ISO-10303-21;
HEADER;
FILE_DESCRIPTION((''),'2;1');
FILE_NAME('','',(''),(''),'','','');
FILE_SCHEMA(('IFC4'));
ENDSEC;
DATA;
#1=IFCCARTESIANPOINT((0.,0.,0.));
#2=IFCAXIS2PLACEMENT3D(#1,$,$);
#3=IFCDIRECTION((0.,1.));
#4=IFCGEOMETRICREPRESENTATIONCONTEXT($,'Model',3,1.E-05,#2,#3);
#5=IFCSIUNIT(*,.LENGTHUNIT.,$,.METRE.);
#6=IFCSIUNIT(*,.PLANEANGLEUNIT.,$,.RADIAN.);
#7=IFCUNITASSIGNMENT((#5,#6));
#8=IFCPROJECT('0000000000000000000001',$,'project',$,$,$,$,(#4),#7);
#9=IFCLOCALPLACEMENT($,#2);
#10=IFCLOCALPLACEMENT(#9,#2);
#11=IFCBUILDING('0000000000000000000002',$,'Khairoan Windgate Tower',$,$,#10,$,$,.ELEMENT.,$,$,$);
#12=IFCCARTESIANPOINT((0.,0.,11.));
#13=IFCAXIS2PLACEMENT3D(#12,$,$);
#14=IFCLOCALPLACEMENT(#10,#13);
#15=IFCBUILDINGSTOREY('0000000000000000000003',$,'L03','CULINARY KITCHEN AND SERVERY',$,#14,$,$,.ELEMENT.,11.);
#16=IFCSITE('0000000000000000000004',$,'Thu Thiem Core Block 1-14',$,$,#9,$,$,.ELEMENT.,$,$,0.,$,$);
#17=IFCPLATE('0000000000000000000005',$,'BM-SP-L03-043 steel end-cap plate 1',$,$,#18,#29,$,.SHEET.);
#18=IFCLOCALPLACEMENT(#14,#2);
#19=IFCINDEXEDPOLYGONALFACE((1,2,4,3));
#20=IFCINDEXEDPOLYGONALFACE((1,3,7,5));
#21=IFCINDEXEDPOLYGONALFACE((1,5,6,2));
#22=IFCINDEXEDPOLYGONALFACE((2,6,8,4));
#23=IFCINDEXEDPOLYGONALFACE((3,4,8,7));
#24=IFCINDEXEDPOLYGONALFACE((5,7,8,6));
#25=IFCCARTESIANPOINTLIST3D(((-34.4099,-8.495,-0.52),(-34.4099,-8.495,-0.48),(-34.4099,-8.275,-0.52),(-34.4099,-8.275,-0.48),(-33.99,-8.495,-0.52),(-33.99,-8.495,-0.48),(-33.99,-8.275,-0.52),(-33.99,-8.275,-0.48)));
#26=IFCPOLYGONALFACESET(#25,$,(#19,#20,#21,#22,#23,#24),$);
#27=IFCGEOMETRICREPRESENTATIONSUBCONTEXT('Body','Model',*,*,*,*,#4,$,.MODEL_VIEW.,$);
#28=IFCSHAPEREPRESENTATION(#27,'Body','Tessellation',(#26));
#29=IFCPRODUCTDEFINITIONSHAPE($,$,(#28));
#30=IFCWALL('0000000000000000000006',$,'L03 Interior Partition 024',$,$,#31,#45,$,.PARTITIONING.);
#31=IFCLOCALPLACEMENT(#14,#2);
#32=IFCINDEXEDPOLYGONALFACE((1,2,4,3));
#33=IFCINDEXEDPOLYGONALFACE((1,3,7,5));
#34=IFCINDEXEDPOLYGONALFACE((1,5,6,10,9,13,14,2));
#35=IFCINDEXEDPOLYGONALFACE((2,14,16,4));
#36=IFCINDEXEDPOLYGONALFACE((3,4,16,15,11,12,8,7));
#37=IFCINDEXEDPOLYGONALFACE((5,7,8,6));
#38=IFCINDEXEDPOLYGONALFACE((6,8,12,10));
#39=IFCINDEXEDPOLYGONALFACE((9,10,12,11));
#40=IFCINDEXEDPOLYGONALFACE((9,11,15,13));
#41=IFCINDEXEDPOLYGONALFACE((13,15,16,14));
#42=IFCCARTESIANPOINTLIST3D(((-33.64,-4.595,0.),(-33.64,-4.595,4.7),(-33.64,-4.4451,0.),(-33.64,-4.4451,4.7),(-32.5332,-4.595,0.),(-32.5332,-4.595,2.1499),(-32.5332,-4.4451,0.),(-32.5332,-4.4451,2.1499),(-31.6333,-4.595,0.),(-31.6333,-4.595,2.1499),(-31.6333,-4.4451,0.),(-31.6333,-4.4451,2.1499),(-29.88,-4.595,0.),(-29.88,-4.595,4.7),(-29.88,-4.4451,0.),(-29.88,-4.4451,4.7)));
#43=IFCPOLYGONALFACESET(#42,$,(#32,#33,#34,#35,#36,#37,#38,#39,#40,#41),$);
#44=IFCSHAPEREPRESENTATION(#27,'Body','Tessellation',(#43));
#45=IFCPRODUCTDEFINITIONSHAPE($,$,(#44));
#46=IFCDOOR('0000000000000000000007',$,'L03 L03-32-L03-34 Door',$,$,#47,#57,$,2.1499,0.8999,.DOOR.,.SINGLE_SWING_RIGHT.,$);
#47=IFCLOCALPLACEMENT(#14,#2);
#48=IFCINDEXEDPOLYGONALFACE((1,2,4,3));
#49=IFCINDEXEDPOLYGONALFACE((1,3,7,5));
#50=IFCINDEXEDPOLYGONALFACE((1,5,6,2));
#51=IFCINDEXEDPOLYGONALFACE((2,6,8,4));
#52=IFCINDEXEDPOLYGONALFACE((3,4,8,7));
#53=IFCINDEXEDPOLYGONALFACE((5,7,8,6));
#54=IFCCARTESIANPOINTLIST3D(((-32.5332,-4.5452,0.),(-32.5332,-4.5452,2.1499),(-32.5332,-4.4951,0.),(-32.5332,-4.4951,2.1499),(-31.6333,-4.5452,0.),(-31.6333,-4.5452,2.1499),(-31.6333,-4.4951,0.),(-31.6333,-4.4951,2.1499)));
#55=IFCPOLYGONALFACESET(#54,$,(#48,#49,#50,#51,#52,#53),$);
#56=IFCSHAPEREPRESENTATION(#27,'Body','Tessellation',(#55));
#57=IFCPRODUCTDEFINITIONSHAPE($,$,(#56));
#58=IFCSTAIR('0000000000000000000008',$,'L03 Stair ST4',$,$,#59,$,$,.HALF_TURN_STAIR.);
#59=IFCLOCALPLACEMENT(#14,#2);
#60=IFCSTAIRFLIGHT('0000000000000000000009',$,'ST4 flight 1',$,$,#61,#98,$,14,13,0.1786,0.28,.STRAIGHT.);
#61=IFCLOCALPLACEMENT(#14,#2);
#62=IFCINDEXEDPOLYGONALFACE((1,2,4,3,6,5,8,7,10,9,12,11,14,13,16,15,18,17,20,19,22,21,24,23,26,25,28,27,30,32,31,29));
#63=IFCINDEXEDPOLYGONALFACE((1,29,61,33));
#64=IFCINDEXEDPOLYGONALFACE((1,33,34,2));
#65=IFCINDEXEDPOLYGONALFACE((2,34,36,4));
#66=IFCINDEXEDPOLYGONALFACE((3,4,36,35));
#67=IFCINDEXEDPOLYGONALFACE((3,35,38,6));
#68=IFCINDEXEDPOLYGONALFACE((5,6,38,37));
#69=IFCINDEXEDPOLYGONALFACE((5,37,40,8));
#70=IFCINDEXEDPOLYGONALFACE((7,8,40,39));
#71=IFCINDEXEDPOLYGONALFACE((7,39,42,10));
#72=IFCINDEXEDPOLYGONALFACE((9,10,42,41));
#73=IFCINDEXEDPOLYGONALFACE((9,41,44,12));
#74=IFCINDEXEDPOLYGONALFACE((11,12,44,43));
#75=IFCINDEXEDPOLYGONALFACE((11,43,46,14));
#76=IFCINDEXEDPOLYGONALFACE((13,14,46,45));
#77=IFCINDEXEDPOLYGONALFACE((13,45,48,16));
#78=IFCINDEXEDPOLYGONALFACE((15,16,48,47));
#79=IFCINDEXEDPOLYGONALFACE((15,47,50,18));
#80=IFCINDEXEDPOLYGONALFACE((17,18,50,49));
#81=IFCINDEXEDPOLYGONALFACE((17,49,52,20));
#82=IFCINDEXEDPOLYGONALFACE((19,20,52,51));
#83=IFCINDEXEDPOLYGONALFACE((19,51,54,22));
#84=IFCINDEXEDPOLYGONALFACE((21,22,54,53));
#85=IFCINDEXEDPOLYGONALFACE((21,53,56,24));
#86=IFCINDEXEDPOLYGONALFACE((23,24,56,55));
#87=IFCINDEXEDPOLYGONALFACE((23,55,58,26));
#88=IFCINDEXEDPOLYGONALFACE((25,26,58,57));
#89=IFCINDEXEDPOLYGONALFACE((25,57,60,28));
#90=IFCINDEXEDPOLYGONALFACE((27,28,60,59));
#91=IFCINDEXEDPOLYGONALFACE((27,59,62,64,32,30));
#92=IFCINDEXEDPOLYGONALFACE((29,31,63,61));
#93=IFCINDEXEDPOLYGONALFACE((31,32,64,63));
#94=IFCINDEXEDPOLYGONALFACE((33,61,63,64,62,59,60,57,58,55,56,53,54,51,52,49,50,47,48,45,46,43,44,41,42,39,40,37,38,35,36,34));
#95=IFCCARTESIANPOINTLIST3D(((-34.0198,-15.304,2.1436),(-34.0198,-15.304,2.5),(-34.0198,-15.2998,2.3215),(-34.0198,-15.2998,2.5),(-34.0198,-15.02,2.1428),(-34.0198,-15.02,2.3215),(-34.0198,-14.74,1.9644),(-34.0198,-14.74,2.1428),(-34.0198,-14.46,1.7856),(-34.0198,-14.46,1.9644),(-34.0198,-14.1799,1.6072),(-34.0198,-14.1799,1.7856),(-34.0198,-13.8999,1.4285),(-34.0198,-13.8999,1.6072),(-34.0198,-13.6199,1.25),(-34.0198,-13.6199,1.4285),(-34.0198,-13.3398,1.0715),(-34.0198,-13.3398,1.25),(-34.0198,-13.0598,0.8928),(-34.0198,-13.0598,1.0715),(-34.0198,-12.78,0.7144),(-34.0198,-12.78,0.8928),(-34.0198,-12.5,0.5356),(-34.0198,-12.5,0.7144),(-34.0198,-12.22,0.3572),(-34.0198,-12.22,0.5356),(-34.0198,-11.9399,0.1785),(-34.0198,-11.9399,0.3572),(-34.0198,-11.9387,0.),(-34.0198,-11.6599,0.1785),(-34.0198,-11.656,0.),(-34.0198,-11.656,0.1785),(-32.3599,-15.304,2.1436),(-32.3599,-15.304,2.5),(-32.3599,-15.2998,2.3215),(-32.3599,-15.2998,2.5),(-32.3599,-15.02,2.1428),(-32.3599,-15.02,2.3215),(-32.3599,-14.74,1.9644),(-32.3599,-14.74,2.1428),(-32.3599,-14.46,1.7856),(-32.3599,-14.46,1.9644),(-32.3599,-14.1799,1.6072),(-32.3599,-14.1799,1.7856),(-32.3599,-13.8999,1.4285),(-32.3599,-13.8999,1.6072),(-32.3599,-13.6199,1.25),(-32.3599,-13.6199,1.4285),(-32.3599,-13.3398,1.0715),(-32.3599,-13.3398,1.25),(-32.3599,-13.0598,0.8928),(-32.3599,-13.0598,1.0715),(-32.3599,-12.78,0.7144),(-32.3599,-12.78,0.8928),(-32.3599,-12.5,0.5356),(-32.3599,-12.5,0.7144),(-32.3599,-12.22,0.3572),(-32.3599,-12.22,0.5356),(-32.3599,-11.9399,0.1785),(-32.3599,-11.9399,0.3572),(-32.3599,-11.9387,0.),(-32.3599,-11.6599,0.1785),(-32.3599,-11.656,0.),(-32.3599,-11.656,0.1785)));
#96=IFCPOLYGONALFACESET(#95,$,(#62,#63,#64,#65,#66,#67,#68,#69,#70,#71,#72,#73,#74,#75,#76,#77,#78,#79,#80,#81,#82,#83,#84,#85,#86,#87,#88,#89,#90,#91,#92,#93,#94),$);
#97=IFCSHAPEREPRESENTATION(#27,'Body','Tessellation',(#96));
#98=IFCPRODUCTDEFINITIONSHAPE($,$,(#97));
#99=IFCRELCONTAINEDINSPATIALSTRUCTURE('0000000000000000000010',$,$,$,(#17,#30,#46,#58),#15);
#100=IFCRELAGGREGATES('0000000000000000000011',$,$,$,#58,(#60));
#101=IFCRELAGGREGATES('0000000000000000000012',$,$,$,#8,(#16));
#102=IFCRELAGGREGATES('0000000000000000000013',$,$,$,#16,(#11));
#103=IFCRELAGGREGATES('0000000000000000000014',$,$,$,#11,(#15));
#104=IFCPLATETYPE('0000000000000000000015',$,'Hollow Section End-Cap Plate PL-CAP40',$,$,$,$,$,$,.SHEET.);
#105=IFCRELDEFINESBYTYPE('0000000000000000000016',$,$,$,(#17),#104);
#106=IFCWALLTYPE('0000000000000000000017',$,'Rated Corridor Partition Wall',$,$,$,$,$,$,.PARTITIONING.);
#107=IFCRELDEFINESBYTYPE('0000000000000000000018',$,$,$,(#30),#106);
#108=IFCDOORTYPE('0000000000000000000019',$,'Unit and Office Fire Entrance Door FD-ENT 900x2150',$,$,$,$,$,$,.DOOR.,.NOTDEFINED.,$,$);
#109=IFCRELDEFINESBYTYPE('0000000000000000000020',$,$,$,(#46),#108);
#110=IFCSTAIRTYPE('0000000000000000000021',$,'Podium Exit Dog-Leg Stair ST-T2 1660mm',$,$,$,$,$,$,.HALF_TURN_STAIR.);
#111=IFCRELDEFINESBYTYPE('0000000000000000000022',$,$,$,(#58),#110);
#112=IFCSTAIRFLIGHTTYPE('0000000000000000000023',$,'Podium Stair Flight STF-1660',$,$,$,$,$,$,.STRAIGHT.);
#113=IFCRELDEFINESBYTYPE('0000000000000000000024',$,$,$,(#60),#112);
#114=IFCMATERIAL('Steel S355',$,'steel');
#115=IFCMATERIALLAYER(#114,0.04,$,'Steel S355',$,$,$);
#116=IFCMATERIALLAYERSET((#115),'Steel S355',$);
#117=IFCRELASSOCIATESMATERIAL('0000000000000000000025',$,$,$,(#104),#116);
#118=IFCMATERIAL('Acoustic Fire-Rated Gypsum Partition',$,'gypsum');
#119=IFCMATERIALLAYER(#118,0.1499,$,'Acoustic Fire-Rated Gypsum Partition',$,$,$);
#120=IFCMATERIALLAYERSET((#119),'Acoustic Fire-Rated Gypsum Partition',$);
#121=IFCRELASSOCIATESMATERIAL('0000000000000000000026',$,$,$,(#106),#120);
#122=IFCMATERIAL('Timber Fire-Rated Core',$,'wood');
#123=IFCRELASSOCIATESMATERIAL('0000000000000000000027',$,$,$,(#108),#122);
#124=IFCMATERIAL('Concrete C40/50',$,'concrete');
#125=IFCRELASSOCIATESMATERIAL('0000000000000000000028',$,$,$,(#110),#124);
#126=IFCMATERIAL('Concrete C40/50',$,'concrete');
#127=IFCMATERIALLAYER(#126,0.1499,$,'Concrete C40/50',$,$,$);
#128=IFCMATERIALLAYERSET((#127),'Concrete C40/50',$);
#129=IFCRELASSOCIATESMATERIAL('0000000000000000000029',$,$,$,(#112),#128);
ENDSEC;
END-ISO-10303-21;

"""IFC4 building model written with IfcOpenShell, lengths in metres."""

from ifc_helpers import new_model, si_unit, direction, frame, frame_2d, origin, origin_2d, place, context, subcontext, project, spatial, polyline, rectangle, outline, extrude, material, layer, layer_set, type_object, element, fill, aggregate, save


model = new_model("IFC4")

# Units and contexts
model_context = context("Model", 3, precision=1e-05, world=origin(), true_north=direction((0.0, 1.0)))
body_context = subcontext(model_context, "Body", "Model", "MODEL_VIEW")
ifc_project = project(units=[si_unit("LENGTHUNIT", "METRE"), si_unit("PLANEANGLEUNIT", "RADIAN")], contexts=[model_context])

# Site, building, storey
site_placement = place(None, origin())
site = spatial("IfcSite", under=ifc_project, at=site_placement, Name="Thu Thiem Core Block 1-14", CompositionType="ELEMENT", RefElevation=0.0)
building_placement = place(site_placement, origin())
building = spatial("IfcBuilding", under=site, at=building_placement, Name="Khairoan Windgate Tower", CompositionType="ELEMENT")
storey_placement = place(building_placement, frame((0.0, 0.0, 11.0)))
storey = spatial("IfcBuildingStorey", under=building, at=storey_placement, Name="L03", Description="CULINARY KITCHEN AND SERVERY", CompositionType="ELEMENT", Elevation=11.0)

# Plate
ifc_material_1 = material(Name="Steel S355", Category="steel")
ifc_layer_1 = layer(ifc_material_1, 0.04, Name="Steel S355")
ifc_layer_set_1 = layer_set([ifc_layer_1], Name="Steel S355")
plate_type = type_object("IfcPlateType", Name="Hollow Section End-Cap Plate PL-CAP40", PredefinedType="SHEET", material=ifc_layer_set_1)
plate_placement = place(storey_placement, frame((-34.2, -8.385, -0.52), z_axis=(0.0, 0.0, 1.0), x_axis=(0.0, 1.0, 0.0)))
element("IfcPlate", 1, at=plate_placement, inside=storey, type_object=plate_type, Name="BM-SP-L03-043 steel end-cap plate 1", PredefinedType="SHEET", context=body_context, shape_type="SweptSolid", body=[
    extrude(rectangle(XDim=0.22, YDim=0.4199, at=origin_2d()), origin(), (0.0, 0.0, 1.0), 0.04),
])

# Wall, opening, door
ifc_material_2 = material(Name="Acoustic Fire-Rated Gypsum Partition", Category="gypsum")
ifc_layer_2 = layer(ifc_material_2, 0.1499, Name="Acoustic Fire-Rated Gypsum Partition")
ifc_layer_set_2 = layer_set([ifc_layer_2], Name="Acoustic Fire-Rated Gypsum Partition")
wall_type = type_object("IfcWallType", Name="Rated Corridor Partition Wall", PredefinedType="PARTITIONING", material=ifc_layer_set_2)
wall_placement = place(storey_placement, frame((-33.6399, -4.52, 0.0), z_axis=(0.0, 0.0, 1.0), x_axis=(1.0, 0.0, 0.0)))
wall = element("IfcWall", 2, at=wall_placement, inside=storey, type_object=wall_type, Name="L03 Interior Partition 024", PredefinedType="PARTITIONING", context=body_context, shape_type="SweptSolid", body=[
    extrude(rectangle(XDim=3.76, YDim=0.1499, at=frame_2d((1.8799, 0.0))), origin(), (0.0, 0.0, 1.0), 4.7),
])
opening_placement = place(wall_placement, frame((1.1067, 0.0, 0.0)))
opening = element("IfcOpeningElement", 3, at=opening_placement, cuts=wall, PredefinedType="OPENING", context=body_context, shape_type="SweptSolid", body=[
    extrude(rectangle(XDim=0.8999, YDim=2.1499, at=frame_2d((0.45, 1.075))), frame((0.0, 0.085, 0.0), z_axis=(0.0, -1.0, 0.0), x_axis=(1.0, 0.0, 0.0)), (0.0, 0.0, 1.0), 0.1699),
])
ifc_material_3 = material(Name="Timber Fire-Rated Core", Category="wood")
door_type = type_object("IfcDoorType", Name="Unit and Office Fire Entrance Door FD-ENT 900x2150", OperationType="NOTDEFINED", PredefinedType="DOOR", material=ifc_material_3)
door_placement = place(opening_placement, origin())
door = element("IfcDoor", 4, at=door_placement, inside=storey, type_object=door_type, Name="L03 L03-32-L03-34 Door", OperationType="SINGLE_SWING_RIGHT", OverallHeight=2.1499, OverallWidth=0.8999, PredefinedType="DOOR", context=body_context, shape_type="SweptSolid", body=[
    extrude(rectangle(XDim=0.8999, YDim=2.1499, at=frame_2d((0.45, 1.075))), frame((0.0, 0.0249, 0.0), z_axis=(0.0, -1.0, 0.0), x_axis=(1.0, 0.0, 0.0)), (0.0, 0.0, 1.0), 0.05),
])
fill(opening, door)

# Stair, stair flight
ifc_material_4 = material(Name="Concrete C40/50", Category="concrete")
stair_type = type_object("IfcStairType", Name="Podium Exit Dog-Leg Stair ST-T2 1660mm", PredefinedType="HALF_TURN_STAIR", material=ifc_material_4)
stair_placement = place(storey_placement, origin())
stair = element("IfcStair", 5, at=stair_placement, inside=storey, type_object=stair_type, Name="L03 Stair ST4", PredefinedType="HALF_TURN_STAIR")
ifc_material_5 = material(Name="Concrete C40/50", Category="concrete")
ifc_layer_3 = layer(ifc_material_5, 0.1499, Name="Concrete C40/50")
ifc_layer_set_3 = layer_set([ifc_layer_3], Name="Concrete C40/50")
stair_flight_type = type_object("IfcStairFlightType", Name="Podium Stair Flight STF-1660", PredefinedType="STRAIGHT", material=ifc_layer_set_3)
stair_flight_placement = place(storey_placement, frame((-33.1899, -11.6599, 0.0), z_axis=(0.0, 0.0, 1.0), x_axis=(0.0, -1.0, 0.0)))
stair_flight = element("IfcStairFlight", 6, at=stair_flight_placement, type_object=stair_flight_type, Name="ST4 flight 1", NumberOfRisers=14, NumberOfTreads=13, PredefinedType="STRAIGHT", RiserHeight=0.1786, TreadLength=0.28, context=body_context, shape_type="SweptSolid", body=[
    extrude(outline(polyline([(-0.0039, 0.0), (-0.0039, 0.1785), (0.0, 0.1785), (0.28, 0.1785), (0.28, 0.3572), (0.5601, 0.3572), (0.5601, 0.5356), (0.8401, 0.5356), (0.8401, 0.7144), (1.1201, 0.7144), (1.1201, 0.8928), (1.3999, 0.8928), (1.3999, 1.0715), (1.6799, 1.0715), (1.6799, 1.25), (1.96, 1.25), (1.96, 1.4285), (2.24, 1.4285), (2.24, 1.6072), (2.52, 1.6072), (2.52, 1.7856), (2.8, 1.7856), (2.8, 1.9644), (3.0801, 1.9644), (3.0801, 2.1428), (3.3601, 2.1428), (3.3601, 2.3215), (3.6399, 2.3215), (3.6399, 2.5), (3.644, 2.5), (3.644, 2.1436), (0.2788, 0.0), (-0.0039, 0.0)])), frame((0.0, 0.8301, 0.0), z_axis=(0.0, -1.0, 0.0), x_axis=(1.0, 0.0, 0.0)), (0.0, 0.0, 1.0), 1.6599),
])
aggregate(stair, [stair_flight])

save(model, "model.ifc")
